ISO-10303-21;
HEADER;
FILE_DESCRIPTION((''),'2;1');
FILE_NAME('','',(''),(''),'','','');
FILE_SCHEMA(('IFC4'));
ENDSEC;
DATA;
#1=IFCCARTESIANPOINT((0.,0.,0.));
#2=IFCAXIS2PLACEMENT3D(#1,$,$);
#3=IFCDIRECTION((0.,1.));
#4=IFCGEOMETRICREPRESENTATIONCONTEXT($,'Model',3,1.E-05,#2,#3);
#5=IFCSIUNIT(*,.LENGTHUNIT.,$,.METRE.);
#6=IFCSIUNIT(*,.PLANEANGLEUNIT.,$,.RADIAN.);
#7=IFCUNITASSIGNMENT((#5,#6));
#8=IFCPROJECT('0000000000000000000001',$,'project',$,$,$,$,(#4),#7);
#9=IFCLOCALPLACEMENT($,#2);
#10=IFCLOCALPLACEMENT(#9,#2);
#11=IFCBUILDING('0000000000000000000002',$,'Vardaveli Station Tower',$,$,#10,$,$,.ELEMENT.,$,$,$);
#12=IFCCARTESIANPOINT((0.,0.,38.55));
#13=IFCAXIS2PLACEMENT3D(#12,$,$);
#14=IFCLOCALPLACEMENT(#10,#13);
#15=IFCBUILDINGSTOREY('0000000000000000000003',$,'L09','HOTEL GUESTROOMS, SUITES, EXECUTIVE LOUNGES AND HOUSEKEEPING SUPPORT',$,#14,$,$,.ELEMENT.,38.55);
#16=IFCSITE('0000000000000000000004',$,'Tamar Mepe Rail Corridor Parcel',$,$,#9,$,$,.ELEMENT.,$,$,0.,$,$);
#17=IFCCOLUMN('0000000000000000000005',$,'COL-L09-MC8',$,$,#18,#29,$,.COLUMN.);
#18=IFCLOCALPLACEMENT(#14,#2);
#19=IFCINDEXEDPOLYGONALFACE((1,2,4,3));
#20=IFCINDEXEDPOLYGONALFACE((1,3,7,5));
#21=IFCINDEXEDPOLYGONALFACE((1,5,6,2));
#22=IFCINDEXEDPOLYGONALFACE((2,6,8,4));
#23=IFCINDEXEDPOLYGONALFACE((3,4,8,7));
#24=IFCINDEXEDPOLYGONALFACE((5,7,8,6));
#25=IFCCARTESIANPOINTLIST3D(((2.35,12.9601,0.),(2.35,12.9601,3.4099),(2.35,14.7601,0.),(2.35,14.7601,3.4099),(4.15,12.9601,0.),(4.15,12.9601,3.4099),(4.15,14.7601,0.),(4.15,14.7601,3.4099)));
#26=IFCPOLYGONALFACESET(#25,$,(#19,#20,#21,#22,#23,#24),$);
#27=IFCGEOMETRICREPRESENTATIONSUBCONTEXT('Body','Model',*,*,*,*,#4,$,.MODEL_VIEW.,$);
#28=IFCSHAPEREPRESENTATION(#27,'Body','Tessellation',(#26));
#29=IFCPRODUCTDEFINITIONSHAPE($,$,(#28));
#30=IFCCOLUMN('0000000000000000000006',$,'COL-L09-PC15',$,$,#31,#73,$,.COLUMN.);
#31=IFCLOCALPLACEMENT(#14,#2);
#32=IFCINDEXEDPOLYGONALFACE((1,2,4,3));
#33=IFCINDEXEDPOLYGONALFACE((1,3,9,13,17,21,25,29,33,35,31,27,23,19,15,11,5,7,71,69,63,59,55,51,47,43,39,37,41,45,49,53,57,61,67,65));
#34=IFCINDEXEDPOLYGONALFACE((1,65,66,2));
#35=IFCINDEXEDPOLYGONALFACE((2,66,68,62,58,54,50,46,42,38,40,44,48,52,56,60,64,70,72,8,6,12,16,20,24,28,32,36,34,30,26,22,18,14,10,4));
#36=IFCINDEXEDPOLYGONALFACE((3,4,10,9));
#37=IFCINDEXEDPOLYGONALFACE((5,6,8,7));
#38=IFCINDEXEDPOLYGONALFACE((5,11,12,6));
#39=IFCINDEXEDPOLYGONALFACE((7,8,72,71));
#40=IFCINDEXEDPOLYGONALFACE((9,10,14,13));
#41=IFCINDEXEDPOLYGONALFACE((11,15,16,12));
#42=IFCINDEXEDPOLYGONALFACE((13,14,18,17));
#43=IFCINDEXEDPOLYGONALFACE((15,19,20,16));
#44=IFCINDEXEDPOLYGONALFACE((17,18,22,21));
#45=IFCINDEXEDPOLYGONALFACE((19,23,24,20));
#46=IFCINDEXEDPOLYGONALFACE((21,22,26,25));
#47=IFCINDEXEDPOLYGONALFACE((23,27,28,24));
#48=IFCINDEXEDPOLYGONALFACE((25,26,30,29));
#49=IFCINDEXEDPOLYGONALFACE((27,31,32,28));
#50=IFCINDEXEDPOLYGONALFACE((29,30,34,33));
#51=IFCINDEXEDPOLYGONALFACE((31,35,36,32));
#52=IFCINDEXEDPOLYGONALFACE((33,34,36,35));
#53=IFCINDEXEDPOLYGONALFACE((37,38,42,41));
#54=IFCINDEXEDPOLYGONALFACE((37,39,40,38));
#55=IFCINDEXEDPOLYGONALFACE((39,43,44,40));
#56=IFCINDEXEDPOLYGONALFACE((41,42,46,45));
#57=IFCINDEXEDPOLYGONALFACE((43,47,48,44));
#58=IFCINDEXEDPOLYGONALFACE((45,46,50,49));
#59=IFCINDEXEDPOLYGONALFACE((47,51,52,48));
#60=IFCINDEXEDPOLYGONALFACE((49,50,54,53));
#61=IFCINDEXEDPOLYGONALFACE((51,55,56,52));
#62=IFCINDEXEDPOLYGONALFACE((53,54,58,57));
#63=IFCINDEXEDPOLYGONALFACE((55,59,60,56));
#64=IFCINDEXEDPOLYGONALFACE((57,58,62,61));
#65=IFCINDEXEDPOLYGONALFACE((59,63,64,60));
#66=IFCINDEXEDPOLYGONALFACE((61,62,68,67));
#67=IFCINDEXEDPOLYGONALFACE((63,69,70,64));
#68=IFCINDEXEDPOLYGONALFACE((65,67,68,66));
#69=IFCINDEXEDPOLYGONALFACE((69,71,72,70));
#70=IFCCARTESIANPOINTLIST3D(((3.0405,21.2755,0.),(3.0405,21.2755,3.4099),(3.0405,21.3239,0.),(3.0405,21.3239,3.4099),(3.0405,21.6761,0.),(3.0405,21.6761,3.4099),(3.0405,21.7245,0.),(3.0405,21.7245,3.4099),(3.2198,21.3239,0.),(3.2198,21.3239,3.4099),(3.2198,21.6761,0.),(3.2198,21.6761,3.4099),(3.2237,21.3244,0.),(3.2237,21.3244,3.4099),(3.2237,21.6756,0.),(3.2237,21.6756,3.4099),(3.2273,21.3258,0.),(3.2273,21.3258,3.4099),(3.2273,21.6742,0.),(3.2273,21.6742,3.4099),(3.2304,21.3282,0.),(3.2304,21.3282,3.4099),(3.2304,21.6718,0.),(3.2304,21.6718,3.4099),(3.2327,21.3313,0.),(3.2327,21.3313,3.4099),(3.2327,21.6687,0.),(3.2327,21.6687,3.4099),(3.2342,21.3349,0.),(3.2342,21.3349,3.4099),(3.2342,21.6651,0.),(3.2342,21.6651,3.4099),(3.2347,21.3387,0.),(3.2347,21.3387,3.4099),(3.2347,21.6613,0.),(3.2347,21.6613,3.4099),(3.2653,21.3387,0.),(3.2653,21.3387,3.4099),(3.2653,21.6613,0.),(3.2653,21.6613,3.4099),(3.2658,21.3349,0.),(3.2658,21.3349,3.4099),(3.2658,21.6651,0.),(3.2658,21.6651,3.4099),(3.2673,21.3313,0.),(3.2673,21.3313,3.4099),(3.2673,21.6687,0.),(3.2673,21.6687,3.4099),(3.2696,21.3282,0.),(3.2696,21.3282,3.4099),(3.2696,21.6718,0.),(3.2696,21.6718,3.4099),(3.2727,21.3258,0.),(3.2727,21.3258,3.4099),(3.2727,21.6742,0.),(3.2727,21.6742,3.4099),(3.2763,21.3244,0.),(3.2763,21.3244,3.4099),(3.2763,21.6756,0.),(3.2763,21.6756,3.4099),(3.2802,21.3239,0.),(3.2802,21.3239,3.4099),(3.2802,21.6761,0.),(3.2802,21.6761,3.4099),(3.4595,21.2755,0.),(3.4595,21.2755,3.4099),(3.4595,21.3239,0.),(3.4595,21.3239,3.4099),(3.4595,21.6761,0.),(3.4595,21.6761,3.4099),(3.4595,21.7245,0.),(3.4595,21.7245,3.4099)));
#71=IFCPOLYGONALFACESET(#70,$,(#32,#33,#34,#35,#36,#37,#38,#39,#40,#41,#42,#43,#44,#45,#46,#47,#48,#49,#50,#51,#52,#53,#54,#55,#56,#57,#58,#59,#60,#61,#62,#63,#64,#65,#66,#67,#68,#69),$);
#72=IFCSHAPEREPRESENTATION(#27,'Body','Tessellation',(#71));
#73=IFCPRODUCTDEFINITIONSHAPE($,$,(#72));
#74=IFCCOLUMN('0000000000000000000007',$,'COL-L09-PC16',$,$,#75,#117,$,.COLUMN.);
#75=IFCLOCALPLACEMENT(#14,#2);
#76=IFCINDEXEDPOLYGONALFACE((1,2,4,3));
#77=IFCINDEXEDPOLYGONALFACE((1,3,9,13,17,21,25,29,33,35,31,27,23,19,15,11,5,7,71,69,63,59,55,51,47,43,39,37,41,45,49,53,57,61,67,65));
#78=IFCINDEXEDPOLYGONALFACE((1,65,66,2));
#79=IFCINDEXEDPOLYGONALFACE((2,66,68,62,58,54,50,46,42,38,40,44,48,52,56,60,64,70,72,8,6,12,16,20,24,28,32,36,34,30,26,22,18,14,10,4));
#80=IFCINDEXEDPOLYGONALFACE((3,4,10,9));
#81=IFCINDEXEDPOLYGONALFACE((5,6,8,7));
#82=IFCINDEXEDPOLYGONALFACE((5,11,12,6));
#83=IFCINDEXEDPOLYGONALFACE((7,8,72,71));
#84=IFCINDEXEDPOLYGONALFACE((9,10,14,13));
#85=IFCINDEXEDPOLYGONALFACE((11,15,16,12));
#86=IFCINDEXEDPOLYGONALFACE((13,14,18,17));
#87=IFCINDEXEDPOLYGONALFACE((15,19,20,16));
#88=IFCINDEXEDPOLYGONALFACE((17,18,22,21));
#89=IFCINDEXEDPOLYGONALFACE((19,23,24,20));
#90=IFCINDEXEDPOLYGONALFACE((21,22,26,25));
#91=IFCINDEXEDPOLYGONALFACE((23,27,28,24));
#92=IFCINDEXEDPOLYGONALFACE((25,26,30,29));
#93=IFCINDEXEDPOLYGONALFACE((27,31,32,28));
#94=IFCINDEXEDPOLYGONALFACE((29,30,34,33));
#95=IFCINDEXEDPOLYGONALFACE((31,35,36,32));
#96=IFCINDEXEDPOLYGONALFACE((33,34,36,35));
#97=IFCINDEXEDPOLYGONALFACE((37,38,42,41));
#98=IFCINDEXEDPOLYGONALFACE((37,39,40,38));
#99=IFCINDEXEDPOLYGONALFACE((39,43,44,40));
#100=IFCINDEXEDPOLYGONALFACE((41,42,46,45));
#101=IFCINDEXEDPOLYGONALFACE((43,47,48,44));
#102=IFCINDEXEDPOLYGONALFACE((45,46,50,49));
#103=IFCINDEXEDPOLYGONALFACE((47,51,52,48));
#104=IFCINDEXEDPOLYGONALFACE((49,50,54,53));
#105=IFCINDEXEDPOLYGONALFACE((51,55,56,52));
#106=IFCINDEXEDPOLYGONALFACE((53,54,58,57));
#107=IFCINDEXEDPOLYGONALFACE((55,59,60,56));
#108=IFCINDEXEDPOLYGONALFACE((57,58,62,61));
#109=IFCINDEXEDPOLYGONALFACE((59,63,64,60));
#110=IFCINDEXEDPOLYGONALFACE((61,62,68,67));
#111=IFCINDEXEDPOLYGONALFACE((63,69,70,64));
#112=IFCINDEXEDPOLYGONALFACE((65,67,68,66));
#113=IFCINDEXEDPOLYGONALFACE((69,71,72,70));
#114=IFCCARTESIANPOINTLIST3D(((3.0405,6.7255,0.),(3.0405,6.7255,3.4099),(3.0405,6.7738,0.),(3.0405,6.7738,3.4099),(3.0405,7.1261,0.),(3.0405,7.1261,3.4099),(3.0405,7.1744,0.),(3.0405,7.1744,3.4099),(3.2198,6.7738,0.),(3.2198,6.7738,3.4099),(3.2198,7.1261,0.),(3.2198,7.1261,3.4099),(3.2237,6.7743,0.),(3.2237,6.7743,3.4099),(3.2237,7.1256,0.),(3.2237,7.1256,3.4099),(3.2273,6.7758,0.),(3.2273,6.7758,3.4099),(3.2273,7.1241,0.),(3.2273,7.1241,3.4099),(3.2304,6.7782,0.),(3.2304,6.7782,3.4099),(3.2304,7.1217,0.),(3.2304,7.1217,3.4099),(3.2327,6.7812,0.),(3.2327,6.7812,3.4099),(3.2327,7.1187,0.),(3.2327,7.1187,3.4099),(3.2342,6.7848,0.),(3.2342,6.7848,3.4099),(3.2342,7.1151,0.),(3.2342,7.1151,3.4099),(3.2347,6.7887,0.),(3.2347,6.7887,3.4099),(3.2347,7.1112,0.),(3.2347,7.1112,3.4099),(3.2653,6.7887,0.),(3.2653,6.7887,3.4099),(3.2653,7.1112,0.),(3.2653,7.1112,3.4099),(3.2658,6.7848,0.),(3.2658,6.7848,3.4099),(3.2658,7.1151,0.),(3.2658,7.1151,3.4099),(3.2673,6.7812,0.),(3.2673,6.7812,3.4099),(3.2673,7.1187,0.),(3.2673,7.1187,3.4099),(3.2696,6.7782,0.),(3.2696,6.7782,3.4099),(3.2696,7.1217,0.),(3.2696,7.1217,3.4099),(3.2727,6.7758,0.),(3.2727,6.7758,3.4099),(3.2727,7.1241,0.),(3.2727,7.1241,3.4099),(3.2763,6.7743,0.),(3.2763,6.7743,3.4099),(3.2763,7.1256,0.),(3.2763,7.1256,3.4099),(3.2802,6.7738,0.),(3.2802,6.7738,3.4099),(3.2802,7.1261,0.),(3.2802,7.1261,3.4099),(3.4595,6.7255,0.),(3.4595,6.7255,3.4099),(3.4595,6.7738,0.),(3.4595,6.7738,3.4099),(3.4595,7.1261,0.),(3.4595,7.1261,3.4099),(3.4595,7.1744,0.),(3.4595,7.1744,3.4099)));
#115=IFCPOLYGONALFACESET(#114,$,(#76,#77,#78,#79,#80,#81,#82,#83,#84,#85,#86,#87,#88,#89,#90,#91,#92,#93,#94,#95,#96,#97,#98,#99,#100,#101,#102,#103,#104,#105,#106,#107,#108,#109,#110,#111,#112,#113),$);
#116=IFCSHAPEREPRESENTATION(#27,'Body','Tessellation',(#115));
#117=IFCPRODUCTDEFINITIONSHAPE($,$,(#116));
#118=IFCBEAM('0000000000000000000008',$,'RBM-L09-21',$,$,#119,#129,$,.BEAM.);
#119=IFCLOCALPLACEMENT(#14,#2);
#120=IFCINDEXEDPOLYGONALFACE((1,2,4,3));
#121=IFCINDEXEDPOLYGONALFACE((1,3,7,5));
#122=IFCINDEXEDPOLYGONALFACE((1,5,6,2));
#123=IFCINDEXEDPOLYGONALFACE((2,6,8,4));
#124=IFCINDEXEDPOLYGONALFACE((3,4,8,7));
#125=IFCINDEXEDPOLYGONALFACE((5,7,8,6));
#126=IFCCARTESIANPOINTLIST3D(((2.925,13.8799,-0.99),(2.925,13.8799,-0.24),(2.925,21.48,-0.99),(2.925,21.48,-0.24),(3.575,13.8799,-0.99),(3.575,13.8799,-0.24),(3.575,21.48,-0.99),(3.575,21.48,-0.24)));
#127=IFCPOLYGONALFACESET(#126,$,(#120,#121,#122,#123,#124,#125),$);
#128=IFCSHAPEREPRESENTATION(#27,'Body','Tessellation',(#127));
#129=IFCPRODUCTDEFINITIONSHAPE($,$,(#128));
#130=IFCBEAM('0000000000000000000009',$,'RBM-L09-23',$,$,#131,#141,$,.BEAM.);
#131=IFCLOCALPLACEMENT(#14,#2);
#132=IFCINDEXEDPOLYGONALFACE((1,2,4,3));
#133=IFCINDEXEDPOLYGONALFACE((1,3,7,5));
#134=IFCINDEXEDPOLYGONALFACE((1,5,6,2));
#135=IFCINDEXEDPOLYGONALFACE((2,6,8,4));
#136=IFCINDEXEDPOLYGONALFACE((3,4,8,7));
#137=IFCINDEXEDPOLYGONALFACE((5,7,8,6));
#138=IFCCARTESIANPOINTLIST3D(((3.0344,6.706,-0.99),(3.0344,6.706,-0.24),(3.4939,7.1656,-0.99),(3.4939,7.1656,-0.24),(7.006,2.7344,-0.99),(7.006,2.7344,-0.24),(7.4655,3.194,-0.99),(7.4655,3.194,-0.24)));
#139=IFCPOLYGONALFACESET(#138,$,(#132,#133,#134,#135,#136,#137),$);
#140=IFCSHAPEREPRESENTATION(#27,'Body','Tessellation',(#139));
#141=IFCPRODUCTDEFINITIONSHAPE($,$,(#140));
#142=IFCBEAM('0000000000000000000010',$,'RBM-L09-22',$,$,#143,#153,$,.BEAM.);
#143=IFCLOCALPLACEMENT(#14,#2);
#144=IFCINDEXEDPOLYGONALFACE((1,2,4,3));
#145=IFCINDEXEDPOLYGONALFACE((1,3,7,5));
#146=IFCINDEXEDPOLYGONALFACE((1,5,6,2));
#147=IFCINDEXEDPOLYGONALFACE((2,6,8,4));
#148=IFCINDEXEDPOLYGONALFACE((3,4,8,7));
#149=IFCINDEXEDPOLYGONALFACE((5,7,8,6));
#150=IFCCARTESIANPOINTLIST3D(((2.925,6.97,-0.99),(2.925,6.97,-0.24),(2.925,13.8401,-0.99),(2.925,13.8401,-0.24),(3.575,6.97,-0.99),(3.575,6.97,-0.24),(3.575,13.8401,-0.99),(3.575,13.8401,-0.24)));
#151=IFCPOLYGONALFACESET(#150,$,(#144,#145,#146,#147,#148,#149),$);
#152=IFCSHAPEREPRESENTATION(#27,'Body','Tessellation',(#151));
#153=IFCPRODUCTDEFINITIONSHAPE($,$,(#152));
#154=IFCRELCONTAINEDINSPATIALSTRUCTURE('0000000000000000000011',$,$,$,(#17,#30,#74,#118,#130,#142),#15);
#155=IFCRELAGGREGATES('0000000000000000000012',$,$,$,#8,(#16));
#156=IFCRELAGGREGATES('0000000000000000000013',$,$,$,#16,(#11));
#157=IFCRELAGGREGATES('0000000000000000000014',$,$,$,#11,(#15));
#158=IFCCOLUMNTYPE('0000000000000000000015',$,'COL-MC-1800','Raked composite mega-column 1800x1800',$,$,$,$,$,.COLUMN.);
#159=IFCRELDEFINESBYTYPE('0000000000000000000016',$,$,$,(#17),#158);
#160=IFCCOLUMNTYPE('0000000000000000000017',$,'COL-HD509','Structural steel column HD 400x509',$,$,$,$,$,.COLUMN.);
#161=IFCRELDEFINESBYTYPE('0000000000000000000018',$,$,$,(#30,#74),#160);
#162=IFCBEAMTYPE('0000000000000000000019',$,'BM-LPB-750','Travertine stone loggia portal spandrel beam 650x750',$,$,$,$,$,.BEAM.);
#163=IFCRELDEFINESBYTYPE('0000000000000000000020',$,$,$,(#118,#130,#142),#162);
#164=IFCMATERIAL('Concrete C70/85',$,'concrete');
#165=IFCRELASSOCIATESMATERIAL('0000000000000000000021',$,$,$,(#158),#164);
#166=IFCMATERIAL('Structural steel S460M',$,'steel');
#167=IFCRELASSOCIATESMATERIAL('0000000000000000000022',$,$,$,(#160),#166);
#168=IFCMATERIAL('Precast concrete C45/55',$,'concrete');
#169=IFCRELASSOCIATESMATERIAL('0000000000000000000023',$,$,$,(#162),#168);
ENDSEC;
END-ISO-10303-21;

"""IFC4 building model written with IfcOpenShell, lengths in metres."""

from ifc_helpers import new_model, si_unit, direction, frame, origin, origin_2d, place, context, subcontext, project, spatial, rectangle, i_section, extrude, source, transform, mapped, material, material_profile, profile_set, type_object, element, save


model = new_model("IFC4")

# Units and contexts
model_context = context("Model", 3, precision=1e-05, world=origin(), true_north=direction((0.0, 1.0)))
body_context = subcontext(model_context, "Body", "Model", "MODEL_VIEW")
ifc_project = project(units=[si_unit("LENGTHUNIT", "METRE"), si_unit("PLANEANGLEUNIT", "RADIAN")], contexts=[model_context])

# Site, building, storey
site_placement = place(None, origin())
site = spatial("IfcSite", under=ifc_project, at=site_placement, Name="Tamar Mepe Rail Corridor Parcel", CompositionType="ELEMENT", RefElevation=0.0)
building_placement = place(site_placement, origin())
building = spatial("IfcBuilding", under=site, at=building_placement, Name="Vardaveli Station Tower", CompositionType="ELEMENT")
storey_placement = place(building_placement, frame((0.0, 0.0, 38.55)))
storey = spatial("IfcBuildingStorey", under=building, at=storey_placement, Name="L09", Description="HOTEL GUESTROOMS, SUITES, EXECUTIVE LOUNGES AND HOUSEKEEPING SUPPORT", CompositionType="ELEMENT", Elevation=38.55)

# Columns
ifc_material_1 = material(Name="Concrete C70/85", Category="concrete")
ifc_material_profile_1 = material_profile(ifc_material_1, rectangle(XDim=1.8, YDim=1.8, at=origin_2d()), Name="MC 1800x1800")
ifc_profile_set_1 = profile_set([ifc_material_profile_1], Name="Concrete C70/85")
column_type_1 = type_object("IfcColumnType", Name="COL-MC-1800", Description="Raked composite mega-column 1800x1800", PredefinedType="COLUMN", material=ifc_profile_set_1)
shared_shape_1 = source(origin(), body_context, "Body", "SweptSolid", [
    extrude(rectangle(XDim=1.8, YDim=1.8, at=origin_2d()), origin(), (0.0, 0.0, 1.0), 3.4099),
])
column_placement = place(storey_placement, frame((3.25, 13.8601, 0.0), z_axis=(0.0, 0.0, 1.0), x_axis=(1.0, 0.0, 0.0)))
element("IfcColumn", 1, at=column_placement, inside=storey, type_object=column_type_1, Name="COL-L09-MC8", PredefinedType="COLUMN", context=body_context, shape_type="MappedRepresentation", body=[
    mapped(shared_shape_1, transform((0.0, 0.0, 0.0), scale=1.0)),
])
ifc_material_2 = material(Name="Structural steel S460M", Category="steel")
ifc_material_profile_2 = material_profile(ifc_material_2, i_section(OverallWidth=0.4189, OverallDepth=0.449, WebThickness=0.0305, FlangeThickness=0.0483, FilletRadius=0.0149, at=origin_2d()), Name="HD 400x509")
ifc_profile_set_2 = profile_set([ifc_material_profile_2], Name="Structural steel S460M")
column_type_2 = type_object("IfcColumnType", Name="COL-HD509", Description="Structural steel column HD 400x509", PredefinedType="COLUMN", material=ifc_profile_set_2)
shared_shape_2 = source(origin(), body_context, "Body", "SweptSolid", [
    extrude(i_section(OverallWidth=0.4189, OverallDepth=0.449, WebThickness=0.0305, FlangeThickness=0.0483, FilletRadius=0.0149, at=origin_2d()), origin(), (0.0, 0.0, 1.0), 3.4099),
])
for number, where, z_axis, x_axis, name in (
    (2, (3.25, 21.5, 0.0), (0.0, 0.0, 1.0), (1.0, 0.0, 0.0), "COL-L09-PC15"),
    (3, (3.25, 6.95, 0.0), (0.0, 0.0, 1.0), (1.0, 0.0, 0.0), "COL-L09-PC16"),
):
    element("IfcColumn", number, at=place(storey_placement, frame(where, z_axis=z_axis, x_axis=x_axis)), inside=storey, type_object=column_type_2, Name=name, PredefinedType="COLUMN", context=body_context, shape_type="MappedRepresentation", body=[
        mapped(shared_shape_2, transform((0.0, 0.0, 0.0), scale=1.0)),
    ])

# Beams
ifc_material_3 = material(Name="Precast concrete C45/55", Category="concrete")
ifc_material_profile_3 = material_profile(ifc_material_3, rectangle(XDim=0.6499, YDim=0.75, at=origin_2d()), Name="LPB 650x750")
ifc_profile_set_3 = profile_set([ifc_material_profile_3], Name="Precast concrete C45/55")
beam_type_1 = type_object("IfcBeamType", Name="BM-LPB-750", Description="Travertine stone loggia portal spandrel beam 650x750", PredefinedType="BEAM", material=ifc_profile_set_3)
shared_shape_3 = source(origin(), body_context, "Body", "SweptSolid", [
    extrude(rectangle(XDim=0.6499, YDim=0.75, at=origin_2d()), origin(), (0.0, 0.0, 1.0), 7.6001),
])
beam_1_placement = place(storey_placement, frame((3.25, 21.48, -0.615), z_axis=(0.0, -1.0, 0.0), x_axis=(1.0, 0.0, 0.0)))
element("IfcBeam", 4, at=beam_1_placement, inside=storey, type_object=beam_type_1, Name="RBM-L09-21", PredefinedType="BEAM", context=body_context, shape_type="MappedRepresentation", body=[
    mapped(shared_shape_3, transform((0.0, 0.0, 0.0), scale=1.0)),
])
shared_shape_4 = source(origin(), body_context, "Body", "SweptSolid", [
    extrude(rectangle(XDim=0.6499, YDim=0.75, at=origin_2d()), origin(), (0.0, 0.0, 1.0), 5.6167),
])
beam_2_placement = place(storey_placement, frame((3.2642, 6.9358, -0.615), z_axis=(0.707107, -0.707107, 0.0), x_axis=(0.707107, 0.707107, 0.0)))
element("IfcBeam", 5, at=beam_2_placement, inside=storey, type_object=beam_type_1, Name="RBM-L09-23", PredefinedType="BEAM", context=body_context, shape_type="MappedRepresentation", body=[
    mapped(shared_shape_4, transform((0.0, 0.0, 0.0), scale=1.0)),
])
shared_shape_5 = source(origin(), body_context, "Body", "SweptSolid", [
    extrude(rectangle(XDim=0.6499, YDim=0.75, at=origin_2d()), origin(), (0.0, 0.0, 1.0), 6.8701),
])
beam_3_placement = place(storey_placement, frame((3.25, 13.8401, -0.615), z_axis=(0.0, -1.0, 0.0), x_axis=(1.0, 0.0, 0.0)))
element("IfcBeam", 6, at=beam_3_placement, inside=storey, type_object=beam_type_1, Name="RBM-L09-22", PredefinedType="BEAM", context=body_context, shape_type="MappedRepresentation", body=[
    mapped(shared_shape_5, transform((0.0, 0.0, 0.0), scale=1.0)),
])

save(model, "model.ifc")
